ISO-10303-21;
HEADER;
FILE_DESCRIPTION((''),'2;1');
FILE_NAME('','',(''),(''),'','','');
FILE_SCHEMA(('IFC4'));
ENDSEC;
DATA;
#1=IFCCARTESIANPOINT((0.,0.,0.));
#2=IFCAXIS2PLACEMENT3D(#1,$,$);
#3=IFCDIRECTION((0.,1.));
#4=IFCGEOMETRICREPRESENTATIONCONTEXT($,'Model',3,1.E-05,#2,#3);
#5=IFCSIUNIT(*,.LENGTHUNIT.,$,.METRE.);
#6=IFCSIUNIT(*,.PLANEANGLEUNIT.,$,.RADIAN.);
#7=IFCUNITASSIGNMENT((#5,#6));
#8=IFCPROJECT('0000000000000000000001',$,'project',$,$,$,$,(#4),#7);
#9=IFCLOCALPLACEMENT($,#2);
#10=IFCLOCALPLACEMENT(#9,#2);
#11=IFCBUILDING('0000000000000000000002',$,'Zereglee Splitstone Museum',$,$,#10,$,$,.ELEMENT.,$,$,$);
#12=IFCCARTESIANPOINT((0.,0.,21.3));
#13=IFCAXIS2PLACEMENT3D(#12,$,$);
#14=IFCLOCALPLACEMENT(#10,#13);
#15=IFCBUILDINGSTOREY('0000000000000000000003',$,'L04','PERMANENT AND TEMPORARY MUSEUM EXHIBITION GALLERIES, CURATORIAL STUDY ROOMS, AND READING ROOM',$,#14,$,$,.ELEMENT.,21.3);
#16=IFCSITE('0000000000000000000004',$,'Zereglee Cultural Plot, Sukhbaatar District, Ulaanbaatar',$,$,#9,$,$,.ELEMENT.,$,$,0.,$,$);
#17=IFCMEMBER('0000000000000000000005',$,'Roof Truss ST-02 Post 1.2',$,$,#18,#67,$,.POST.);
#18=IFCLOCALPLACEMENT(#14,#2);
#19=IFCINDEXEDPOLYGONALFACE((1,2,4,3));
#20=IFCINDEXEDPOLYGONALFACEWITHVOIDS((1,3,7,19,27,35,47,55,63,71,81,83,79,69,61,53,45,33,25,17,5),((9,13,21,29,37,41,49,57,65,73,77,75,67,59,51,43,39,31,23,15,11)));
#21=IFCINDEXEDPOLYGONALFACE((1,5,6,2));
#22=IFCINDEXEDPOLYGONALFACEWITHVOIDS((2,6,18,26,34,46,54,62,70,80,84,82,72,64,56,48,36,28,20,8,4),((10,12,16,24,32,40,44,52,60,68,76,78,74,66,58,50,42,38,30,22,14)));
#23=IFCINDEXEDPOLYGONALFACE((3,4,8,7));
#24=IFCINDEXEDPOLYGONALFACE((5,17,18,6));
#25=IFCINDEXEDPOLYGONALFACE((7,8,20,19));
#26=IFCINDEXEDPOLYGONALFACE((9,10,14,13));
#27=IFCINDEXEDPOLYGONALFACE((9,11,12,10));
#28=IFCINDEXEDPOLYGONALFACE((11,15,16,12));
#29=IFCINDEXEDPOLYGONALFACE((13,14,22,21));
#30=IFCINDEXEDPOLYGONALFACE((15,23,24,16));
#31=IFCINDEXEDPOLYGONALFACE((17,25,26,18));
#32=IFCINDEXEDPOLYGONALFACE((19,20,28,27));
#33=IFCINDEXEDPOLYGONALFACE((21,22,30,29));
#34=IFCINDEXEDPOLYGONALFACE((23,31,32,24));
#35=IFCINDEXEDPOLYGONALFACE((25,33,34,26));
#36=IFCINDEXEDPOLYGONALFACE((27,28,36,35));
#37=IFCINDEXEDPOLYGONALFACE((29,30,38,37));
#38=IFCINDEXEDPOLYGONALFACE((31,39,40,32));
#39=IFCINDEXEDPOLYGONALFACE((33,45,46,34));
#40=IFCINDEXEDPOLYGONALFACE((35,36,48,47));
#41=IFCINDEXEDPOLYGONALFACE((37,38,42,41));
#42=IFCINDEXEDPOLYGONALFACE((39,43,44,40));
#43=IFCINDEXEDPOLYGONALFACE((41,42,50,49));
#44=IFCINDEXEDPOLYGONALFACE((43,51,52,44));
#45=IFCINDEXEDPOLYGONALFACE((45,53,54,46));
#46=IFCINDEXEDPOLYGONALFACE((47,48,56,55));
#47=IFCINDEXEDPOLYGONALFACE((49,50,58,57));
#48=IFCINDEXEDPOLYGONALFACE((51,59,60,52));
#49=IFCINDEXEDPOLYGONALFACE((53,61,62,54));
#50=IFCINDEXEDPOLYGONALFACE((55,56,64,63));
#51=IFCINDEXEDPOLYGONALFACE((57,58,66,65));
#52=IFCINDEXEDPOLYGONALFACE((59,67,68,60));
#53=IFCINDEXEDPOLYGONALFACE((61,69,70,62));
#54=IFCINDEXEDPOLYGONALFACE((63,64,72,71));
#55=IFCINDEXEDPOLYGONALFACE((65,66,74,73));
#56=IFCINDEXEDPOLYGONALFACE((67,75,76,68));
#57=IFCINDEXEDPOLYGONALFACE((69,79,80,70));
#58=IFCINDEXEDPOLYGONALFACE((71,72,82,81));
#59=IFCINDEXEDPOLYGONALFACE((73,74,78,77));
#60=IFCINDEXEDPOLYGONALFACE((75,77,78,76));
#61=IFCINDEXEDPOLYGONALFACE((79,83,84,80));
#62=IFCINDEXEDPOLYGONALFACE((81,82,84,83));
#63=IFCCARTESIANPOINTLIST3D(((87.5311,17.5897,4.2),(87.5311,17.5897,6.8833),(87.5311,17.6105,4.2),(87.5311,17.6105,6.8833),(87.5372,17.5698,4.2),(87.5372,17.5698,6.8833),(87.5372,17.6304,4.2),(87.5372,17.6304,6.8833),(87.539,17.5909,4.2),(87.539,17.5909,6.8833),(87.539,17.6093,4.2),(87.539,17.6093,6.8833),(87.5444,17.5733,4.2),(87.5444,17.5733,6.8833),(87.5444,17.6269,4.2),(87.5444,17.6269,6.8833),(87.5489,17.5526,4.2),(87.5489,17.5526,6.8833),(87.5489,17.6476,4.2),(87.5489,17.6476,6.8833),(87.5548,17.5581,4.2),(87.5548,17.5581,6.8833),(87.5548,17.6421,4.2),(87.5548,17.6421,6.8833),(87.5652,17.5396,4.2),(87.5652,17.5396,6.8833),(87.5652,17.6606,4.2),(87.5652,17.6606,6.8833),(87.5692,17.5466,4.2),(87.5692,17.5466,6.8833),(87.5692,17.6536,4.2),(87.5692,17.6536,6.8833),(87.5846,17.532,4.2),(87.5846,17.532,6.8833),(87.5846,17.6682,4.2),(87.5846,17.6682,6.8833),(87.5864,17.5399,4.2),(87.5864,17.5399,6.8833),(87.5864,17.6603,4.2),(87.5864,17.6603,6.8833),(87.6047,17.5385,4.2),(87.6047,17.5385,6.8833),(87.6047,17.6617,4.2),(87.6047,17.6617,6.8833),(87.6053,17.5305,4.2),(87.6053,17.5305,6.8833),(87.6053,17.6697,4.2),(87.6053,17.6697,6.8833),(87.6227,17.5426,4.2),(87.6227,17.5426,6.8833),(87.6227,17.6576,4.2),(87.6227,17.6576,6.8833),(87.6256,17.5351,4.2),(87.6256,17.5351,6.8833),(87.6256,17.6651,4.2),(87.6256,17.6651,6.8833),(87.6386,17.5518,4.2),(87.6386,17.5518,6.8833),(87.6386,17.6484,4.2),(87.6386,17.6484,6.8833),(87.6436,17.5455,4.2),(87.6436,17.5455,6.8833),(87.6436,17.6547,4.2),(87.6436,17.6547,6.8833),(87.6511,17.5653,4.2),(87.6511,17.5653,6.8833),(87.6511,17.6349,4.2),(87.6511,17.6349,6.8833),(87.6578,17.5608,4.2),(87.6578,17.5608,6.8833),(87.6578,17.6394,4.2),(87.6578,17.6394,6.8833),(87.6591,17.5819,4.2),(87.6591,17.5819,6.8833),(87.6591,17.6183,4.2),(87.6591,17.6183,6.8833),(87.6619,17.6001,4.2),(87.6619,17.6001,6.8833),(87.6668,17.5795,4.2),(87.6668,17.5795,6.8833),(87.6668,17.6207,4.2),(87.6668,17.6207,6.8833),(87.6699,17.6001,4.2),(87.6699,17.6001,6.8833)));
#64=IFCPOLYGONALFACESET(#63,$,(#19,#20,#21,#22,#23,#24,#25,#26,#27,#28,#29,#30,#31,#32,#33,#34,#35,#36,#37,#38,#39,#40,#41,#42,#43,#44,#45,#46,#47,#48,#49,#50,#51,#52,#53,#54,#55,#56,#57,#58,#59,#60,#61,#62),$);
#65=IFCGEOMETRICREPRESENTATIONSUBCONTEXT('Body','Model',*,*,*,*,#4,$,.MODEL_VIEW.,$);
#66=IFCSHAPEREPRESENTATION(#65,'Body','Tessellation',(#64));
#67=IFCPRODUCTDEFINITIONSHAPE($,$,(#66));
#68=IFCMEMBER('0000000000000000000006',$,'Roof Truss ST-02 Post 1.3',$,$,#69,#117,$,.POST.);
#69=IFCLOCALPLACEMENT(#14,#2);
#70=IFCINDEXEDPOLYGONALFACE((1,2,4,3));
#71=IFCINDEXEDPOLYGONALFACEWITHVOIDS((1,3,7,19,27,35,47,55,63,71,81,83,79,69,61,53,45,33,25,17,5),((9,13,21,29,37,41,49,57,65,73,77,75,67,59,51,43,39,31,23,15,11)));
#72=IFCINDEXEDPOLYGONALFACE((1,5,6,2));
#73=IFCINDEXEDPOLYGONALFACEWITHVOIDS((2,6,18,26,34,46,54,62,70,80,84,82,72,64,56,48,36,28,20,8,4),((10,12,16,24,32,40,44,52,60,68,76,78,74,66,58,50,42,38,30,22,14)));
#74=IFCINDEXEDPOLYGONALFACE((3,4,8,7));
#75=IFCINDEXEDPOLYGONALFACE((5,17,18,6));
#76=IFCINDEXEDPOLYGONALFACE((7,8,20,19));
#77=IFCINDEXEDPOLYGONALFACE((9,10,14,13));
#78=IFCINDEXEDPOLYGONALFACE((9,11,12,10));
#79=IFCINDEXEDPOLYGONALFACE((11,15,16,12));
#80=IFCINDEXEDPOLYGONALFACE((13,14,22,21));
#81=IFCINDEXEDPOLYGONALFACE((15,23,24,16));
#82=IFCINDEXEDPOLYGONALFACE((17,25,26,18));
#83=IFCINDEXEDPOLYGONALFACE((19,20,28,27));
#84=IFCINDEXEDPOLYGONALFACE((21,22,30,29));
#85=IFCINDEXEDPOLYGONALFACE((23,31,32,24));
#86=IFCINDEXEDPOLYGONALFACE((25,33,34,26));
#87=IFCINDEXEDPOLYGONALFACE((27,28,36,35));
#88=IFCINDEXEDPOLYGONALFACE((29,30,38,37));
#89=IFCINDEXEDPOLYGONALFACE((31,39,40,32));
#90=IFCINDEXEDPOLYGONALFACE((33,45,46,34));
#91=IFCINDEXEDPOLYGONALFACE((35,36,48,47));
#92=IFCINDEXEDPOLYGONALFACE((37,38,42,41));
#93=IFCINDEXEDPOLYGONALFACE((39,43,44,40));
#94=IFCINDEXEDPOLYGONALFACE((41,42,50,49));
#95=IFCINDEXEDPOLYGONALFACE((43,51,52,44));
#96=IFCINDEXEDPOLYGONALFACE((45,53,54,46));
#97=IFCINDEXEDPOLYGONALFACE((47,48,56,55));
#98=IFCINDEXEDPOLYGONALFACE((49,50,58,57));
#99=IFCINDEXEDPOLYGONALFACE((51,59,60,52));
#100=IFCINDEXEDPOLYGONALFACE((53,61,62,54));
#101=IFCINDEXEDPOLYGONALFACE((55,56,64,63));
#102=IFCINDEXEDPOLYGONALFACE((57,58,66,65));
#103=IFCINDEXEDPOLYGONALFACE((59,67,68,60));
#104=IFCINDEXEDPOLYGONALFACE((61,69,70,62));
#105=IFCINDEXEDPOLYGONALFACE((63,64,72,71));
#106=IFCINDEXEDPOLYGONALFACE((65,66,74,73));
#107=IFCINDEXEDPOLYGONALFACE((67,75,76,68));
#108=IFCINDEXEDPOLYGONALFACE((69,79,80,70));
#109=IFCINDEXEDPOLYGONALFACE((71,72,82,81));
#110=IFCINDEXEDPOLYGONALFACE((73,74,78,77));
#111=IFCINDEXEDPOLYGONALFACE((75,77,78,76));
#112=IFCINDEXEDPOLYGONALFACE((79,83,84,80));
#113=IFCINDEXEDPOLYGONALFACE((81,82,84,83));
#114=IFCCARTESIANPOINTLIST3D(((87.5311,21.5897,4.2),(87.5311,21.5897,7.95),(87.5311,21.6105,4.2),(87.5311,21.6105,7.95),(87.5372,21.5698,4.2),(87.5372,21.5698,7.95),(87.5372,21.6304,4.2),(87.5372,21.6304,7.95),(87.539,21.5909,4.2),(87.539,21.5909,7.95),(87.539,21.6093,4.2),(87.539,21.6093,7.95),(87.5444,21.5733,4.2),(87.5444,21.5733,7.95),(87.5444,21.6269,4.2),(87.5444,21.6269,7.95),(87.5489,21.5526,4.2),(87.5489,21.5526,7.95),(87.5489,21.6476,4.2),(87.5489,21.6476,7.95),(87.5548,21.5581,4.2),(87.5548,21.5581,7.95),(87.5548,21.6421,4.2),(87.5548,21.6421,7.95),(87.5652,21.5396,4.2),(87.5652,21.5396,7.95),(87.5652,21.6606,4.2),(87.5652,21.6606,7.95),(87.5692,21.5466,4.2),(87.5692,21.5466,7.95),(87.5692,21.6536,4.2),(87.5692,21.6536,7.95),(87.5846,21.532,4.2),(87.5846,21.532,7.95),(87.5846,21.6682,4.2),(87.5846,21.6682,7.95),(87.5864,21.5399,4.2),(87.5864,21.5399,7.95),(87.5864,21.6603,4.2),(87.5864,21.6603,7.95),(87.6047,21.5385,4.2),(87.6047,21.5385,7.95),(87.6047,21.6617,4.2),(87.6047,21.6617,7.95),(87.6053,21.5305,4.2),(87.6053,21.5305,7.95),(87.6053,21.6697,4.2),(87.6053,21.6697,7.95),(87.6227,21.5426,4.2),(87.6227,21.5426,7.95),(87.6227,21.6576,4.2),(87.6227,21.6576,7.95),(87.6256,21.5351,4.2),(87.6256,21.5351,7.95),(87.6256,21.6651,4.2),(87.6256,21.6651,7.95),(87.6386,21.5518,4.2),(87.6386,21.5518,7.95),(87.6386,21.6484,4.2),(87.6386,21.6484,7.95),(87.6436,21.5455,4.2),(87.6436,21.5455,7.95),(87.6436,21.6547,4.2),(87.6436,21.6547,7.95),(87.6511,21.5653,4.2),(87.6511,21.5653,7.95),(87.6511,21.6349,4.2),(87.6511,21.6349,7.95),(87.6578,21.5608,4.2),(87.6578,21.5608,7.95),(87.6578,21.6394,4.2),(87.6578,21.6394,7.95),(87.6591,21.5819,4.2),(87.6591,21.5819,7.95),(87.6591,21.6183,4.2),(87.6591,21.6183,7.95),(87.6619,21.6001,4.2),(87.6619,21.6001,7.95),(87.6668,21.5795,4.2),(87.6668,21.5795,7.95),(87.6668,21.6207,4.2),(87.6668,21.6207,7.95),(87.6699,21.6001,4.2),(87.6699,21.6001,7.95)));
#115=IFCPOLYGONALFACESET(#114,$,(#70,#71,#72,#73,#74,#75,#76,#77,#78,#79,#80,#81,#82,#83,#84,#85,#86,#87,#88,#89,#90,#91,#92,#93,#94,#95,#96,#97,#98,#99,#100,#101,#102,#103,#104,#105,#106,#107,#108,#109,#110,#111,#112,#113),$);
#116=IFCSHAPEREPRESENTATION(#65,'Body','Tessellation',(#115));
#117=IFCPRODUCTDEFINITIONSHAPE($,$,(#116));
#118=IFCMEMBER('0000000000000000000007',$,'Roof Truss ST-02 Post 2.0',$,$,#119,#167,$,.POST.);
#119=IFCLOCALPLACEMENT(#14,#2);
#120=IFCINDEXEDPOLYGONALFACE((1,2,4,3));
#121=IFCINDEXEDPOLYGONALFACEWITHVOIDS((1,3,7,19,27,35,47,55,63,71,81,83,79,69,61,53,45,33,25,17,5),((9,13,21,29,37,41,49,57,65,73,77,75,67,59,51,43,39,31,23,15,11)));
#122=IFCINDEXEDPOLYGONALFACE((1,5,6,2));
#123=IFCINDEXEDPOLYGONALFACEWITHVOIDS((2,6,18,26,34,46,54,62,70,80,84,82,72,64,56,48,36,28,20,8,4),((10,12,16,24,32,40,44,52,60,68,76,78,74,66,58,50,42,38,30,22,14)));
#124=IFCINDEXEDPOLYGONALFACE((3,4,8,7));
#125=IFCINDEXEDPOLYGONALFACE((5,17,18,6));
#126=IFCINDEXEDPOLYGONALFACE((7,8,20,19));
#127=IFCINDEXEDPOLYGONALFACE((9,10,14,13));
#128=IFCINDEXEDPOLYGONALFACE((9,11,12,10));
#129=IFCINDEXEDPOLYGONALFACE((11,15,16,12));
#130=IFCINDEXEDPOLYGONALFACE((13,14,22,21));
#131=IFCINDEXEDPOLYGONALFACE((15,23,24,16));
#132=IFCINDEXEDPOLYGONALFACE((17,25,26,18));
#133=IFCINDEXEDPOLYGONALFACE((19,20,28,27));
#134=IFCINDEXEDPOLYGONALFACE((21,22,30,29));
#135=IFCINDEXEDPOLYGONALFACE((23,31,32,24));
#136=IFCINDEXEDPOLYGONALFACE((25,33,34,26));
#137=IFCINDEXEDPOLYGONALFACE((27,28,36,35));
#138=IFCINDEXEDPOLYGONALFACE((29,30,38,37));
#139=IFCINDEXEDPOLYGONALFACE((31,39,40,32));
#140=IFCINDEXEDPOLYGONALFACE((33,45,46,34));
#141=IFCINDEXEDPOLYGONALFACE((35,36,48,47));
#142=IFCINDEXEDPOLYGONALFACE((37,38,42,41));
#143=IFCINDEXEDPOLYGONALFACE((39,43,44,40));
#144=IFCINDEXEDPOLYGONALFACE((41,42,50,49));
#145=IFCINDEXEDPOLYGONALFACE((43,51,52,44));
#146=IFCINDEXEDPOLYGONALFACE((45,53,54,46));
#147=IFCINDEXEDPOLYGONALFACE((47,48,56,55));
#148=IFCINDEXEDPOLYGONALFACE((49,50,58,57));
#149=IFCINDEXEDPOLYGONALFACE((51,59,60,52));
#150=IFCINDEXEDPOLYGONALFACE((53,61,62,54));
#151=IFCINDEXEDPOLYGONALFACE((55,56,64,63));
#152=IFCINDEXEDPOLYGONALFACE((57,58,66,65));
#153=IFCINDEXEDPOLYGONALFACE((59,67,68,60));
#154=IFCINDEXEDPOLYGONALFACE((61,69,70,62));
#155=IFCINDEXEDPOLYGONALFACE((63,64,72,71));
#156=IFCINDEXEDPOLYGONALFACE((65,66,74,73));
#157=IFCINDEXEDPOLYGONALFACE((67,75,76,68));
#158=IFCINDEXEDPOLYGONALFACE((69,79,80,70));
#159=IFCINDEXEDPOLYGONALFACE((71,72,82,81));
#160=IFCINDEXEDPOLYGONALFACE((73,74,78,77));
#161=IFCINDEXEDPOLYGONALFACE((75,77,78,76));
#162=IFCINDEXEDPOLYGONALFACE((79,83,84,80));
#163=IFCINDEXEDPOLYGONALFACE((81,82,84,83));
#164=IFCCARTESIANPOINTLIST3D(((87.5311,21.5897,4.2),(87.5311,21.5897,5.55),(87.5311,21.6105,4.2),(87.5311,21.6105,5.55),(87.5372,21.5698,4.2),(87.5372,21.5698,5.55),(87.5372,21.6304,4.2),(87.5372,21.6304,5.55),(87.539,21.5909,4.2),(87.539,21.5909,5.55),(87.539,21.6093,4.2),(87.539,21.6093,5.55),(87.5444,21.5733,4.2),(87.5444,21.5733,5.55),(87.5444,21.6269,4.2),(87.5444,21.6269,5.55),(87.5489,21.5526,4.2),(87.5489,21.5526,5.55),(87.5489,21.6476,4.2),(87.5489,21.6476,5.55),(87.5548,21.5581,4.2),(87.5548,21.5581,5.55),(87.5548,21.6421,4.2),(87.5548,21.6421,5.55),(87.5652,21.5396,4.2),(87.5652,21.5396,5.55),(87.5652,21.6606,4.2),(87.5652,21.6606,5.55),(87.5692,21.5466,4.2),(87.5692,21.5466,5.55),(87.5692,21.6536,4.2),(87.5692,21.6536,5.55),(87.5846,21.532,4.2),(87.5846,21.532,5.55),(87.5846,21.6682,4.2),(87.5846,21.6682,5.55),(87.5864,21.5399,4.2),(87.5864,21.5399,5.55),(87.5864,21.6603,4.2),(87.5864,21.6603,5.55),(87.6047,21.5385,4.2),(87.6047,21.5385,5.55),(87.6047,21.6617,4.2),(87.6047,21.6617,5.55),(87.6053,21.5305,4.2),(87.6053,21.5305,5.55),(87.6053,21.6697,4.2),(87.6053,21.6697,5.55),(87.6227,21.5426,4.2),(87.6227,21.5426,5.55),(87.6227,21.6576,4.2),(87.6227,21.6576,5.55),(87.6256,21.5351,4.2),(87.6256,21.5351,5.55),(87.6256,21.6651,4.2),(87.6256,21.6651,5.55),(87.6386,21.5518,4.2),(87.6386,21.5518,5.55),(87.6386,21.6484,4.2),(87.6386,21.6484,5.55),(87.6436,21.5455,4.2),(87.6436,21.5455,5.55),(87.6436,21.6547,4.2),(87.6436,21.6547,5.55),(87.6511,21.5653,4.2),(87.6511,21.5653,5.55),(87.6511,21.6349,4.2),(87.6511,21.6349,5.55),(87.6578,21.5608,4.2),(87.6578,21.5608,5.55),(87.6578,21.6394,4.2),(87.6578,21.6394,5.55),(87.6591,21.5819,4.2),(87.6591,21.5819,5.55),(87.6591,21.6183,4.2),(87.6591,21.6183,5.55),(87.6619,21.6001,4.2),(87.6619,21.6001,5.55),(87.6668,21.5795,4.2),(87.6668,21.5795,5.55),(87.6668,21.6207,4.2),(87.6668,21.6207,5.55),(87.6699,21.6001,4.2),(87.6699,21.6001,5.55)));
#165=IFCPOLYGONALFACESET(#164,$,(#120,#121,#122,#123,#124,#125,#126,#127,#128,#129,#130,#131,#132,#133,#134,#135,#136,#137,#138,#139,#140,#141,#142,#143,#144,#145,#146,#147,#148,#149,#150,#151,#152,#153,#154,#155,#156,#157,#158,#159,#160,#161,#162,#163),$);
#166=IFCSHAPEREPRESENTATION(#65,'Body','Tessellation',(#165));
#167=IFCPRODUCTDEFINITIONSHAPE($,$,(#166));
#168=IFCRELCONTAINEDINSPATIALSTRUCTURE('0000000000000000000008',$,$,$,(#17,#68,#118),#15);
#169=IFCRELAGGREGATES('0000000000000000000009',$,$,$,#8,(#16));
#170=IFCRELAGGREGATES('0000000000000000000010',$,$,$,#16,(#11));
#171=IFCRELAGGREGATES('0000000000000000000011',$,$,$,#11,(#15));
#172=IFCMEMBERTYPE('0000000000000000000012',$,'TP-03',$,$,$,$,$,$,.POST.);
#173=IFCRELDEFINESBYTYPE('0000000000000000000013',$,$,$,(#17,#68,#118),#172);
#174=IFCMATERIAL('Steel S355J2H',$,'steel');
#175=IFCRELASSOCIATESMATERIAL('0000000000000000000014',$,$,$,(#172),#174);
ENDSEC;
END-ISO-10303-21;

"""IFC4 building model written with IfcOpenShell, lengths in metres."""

from ifc_helpers import new_model, si_unit, direction, frame, origin, origin_2d, place, context, subcontext, project, spatial, hollow_circle, extrude, material, material_profile, profile_set, type_object, element, save


model = new_model("IFC4")

# Units and contexts
model_context = context("Model", 3, precision=1e-05, world=origin(), true_north=direction((0.0, 1.0)))
body_context = subcontext(model_context, "Body", "Model", "MODEL_VIEW")
ifc_project = project(units=[si_unit("LENGTHUNIT", "METRE"), si_unit("PLANEANGLEUNIT", "RADIAN")], contexts=[model_context])

# Site, building, storey
site_placement = place(None, origin())
site = spatial("IfcSite", under=ifc_project, at=site_placement, Name="Zereglee Cultural Plot, Sukhbaatar District, Ulaanbaatar", CompositionType="ELEMENT", RefElevation=0.0)
building_placement = place(site_placement, origin())
building = spatial("IfcBuilding", under=site, at=building_placement, Name="Zereglee Splitstone Museum", CompositionType="ELEMENT")
storey_placement = place(building_placement, frame((0.0, 0.0, 21.3)))
storey = spatial("IfcBuildingStorey", under=building, at=storey_placement, Name="L04", Description="PERMANENT AND TEMPORARY MUSEUM EXHIBITION GALLERIES, CURATORIAL STUDY ROOMS, AND READING ROOM", CompositionType="ELEMENT", Elevation=21.3)

# Shared definitions
ifc_material_1 = material(Name="Steel S355J2H", Category="steel")

# Members
ifc_material_profile_1 = material_profile(ifc_material_1, hollow_circle(Radius=0.0698, WallThickness=0.0081, at=origin_2d()), Name="CHS 139.7x8")
ifc_profile_set_1 = profile_set([ifc_material_profile_1], Name="Steel S355J2H")
member_type_1 = type_object("IfcMemberType", Name="TP-03", PredefinedType="POST", material=ifc_profile_set_1)
member_1_placement = place(storey_placement, frame((87.6001, 17.6001, 4.2), z_axis=(0.0, 0.0, 1.0), x_axis=(1.0, 0.0, 0.0)))
element("IfcMember", 1, at=member_1_placement, inside=storey, type_object=member_type_1, Name="Roof Truss ST-02 Post 1.2", PredefinedType="POST", context=body_context, shape_type="SweptSolid", body=[
    extrude(hollow_circle(Radius=0.0698, WallThickness=0.0081, at=origin_2d()), origin(), (0.0, 0.0, 1.0), 2.6833),
])
member_2_placement = place(storey_placement, frame((87.6001, 21.6001, 4.2), z_axis=(0.0, 0.0, 1.0), x_axis=(1.0, 0.0, 0.0)))
element("IfcMember", 2, at=member_2_placement, inside=storey, type_object=member_type_1, Name="Roof Truss ST-02 Post 1.3", PredefinedType="POST", context=body_context, shape_type="SweptSolid", body=[
    extrude(hollow_circle(Radius=0.0698, WallThickness=0.0081, at=origin_2d()), origin(), (0.0, 0.0, 1.0), 3.75),
])
member_3_placement = place(storey_placement, frame((87.6001, 21.6001, 4.2), z_axis=(0.0, 0.0, 1.0), x_axis=(1.0, 0.0, 0.0)))
element("IfcMember", 3, at=member_3_placement, inside=storey, type_object=member_type_1, Name="Roof Truss ST-02 Post 2.0", PredefinedType="POST", context=body_context, shape_type="SweptSolid", body=[
    extrude(hollow_circle(Radius=0.0698, WallThickness=0.0081, at=origin_2d()), origin(), (0.0, 0.0, 1.0), 1.3501),
])

save(model, "model.ifc")
